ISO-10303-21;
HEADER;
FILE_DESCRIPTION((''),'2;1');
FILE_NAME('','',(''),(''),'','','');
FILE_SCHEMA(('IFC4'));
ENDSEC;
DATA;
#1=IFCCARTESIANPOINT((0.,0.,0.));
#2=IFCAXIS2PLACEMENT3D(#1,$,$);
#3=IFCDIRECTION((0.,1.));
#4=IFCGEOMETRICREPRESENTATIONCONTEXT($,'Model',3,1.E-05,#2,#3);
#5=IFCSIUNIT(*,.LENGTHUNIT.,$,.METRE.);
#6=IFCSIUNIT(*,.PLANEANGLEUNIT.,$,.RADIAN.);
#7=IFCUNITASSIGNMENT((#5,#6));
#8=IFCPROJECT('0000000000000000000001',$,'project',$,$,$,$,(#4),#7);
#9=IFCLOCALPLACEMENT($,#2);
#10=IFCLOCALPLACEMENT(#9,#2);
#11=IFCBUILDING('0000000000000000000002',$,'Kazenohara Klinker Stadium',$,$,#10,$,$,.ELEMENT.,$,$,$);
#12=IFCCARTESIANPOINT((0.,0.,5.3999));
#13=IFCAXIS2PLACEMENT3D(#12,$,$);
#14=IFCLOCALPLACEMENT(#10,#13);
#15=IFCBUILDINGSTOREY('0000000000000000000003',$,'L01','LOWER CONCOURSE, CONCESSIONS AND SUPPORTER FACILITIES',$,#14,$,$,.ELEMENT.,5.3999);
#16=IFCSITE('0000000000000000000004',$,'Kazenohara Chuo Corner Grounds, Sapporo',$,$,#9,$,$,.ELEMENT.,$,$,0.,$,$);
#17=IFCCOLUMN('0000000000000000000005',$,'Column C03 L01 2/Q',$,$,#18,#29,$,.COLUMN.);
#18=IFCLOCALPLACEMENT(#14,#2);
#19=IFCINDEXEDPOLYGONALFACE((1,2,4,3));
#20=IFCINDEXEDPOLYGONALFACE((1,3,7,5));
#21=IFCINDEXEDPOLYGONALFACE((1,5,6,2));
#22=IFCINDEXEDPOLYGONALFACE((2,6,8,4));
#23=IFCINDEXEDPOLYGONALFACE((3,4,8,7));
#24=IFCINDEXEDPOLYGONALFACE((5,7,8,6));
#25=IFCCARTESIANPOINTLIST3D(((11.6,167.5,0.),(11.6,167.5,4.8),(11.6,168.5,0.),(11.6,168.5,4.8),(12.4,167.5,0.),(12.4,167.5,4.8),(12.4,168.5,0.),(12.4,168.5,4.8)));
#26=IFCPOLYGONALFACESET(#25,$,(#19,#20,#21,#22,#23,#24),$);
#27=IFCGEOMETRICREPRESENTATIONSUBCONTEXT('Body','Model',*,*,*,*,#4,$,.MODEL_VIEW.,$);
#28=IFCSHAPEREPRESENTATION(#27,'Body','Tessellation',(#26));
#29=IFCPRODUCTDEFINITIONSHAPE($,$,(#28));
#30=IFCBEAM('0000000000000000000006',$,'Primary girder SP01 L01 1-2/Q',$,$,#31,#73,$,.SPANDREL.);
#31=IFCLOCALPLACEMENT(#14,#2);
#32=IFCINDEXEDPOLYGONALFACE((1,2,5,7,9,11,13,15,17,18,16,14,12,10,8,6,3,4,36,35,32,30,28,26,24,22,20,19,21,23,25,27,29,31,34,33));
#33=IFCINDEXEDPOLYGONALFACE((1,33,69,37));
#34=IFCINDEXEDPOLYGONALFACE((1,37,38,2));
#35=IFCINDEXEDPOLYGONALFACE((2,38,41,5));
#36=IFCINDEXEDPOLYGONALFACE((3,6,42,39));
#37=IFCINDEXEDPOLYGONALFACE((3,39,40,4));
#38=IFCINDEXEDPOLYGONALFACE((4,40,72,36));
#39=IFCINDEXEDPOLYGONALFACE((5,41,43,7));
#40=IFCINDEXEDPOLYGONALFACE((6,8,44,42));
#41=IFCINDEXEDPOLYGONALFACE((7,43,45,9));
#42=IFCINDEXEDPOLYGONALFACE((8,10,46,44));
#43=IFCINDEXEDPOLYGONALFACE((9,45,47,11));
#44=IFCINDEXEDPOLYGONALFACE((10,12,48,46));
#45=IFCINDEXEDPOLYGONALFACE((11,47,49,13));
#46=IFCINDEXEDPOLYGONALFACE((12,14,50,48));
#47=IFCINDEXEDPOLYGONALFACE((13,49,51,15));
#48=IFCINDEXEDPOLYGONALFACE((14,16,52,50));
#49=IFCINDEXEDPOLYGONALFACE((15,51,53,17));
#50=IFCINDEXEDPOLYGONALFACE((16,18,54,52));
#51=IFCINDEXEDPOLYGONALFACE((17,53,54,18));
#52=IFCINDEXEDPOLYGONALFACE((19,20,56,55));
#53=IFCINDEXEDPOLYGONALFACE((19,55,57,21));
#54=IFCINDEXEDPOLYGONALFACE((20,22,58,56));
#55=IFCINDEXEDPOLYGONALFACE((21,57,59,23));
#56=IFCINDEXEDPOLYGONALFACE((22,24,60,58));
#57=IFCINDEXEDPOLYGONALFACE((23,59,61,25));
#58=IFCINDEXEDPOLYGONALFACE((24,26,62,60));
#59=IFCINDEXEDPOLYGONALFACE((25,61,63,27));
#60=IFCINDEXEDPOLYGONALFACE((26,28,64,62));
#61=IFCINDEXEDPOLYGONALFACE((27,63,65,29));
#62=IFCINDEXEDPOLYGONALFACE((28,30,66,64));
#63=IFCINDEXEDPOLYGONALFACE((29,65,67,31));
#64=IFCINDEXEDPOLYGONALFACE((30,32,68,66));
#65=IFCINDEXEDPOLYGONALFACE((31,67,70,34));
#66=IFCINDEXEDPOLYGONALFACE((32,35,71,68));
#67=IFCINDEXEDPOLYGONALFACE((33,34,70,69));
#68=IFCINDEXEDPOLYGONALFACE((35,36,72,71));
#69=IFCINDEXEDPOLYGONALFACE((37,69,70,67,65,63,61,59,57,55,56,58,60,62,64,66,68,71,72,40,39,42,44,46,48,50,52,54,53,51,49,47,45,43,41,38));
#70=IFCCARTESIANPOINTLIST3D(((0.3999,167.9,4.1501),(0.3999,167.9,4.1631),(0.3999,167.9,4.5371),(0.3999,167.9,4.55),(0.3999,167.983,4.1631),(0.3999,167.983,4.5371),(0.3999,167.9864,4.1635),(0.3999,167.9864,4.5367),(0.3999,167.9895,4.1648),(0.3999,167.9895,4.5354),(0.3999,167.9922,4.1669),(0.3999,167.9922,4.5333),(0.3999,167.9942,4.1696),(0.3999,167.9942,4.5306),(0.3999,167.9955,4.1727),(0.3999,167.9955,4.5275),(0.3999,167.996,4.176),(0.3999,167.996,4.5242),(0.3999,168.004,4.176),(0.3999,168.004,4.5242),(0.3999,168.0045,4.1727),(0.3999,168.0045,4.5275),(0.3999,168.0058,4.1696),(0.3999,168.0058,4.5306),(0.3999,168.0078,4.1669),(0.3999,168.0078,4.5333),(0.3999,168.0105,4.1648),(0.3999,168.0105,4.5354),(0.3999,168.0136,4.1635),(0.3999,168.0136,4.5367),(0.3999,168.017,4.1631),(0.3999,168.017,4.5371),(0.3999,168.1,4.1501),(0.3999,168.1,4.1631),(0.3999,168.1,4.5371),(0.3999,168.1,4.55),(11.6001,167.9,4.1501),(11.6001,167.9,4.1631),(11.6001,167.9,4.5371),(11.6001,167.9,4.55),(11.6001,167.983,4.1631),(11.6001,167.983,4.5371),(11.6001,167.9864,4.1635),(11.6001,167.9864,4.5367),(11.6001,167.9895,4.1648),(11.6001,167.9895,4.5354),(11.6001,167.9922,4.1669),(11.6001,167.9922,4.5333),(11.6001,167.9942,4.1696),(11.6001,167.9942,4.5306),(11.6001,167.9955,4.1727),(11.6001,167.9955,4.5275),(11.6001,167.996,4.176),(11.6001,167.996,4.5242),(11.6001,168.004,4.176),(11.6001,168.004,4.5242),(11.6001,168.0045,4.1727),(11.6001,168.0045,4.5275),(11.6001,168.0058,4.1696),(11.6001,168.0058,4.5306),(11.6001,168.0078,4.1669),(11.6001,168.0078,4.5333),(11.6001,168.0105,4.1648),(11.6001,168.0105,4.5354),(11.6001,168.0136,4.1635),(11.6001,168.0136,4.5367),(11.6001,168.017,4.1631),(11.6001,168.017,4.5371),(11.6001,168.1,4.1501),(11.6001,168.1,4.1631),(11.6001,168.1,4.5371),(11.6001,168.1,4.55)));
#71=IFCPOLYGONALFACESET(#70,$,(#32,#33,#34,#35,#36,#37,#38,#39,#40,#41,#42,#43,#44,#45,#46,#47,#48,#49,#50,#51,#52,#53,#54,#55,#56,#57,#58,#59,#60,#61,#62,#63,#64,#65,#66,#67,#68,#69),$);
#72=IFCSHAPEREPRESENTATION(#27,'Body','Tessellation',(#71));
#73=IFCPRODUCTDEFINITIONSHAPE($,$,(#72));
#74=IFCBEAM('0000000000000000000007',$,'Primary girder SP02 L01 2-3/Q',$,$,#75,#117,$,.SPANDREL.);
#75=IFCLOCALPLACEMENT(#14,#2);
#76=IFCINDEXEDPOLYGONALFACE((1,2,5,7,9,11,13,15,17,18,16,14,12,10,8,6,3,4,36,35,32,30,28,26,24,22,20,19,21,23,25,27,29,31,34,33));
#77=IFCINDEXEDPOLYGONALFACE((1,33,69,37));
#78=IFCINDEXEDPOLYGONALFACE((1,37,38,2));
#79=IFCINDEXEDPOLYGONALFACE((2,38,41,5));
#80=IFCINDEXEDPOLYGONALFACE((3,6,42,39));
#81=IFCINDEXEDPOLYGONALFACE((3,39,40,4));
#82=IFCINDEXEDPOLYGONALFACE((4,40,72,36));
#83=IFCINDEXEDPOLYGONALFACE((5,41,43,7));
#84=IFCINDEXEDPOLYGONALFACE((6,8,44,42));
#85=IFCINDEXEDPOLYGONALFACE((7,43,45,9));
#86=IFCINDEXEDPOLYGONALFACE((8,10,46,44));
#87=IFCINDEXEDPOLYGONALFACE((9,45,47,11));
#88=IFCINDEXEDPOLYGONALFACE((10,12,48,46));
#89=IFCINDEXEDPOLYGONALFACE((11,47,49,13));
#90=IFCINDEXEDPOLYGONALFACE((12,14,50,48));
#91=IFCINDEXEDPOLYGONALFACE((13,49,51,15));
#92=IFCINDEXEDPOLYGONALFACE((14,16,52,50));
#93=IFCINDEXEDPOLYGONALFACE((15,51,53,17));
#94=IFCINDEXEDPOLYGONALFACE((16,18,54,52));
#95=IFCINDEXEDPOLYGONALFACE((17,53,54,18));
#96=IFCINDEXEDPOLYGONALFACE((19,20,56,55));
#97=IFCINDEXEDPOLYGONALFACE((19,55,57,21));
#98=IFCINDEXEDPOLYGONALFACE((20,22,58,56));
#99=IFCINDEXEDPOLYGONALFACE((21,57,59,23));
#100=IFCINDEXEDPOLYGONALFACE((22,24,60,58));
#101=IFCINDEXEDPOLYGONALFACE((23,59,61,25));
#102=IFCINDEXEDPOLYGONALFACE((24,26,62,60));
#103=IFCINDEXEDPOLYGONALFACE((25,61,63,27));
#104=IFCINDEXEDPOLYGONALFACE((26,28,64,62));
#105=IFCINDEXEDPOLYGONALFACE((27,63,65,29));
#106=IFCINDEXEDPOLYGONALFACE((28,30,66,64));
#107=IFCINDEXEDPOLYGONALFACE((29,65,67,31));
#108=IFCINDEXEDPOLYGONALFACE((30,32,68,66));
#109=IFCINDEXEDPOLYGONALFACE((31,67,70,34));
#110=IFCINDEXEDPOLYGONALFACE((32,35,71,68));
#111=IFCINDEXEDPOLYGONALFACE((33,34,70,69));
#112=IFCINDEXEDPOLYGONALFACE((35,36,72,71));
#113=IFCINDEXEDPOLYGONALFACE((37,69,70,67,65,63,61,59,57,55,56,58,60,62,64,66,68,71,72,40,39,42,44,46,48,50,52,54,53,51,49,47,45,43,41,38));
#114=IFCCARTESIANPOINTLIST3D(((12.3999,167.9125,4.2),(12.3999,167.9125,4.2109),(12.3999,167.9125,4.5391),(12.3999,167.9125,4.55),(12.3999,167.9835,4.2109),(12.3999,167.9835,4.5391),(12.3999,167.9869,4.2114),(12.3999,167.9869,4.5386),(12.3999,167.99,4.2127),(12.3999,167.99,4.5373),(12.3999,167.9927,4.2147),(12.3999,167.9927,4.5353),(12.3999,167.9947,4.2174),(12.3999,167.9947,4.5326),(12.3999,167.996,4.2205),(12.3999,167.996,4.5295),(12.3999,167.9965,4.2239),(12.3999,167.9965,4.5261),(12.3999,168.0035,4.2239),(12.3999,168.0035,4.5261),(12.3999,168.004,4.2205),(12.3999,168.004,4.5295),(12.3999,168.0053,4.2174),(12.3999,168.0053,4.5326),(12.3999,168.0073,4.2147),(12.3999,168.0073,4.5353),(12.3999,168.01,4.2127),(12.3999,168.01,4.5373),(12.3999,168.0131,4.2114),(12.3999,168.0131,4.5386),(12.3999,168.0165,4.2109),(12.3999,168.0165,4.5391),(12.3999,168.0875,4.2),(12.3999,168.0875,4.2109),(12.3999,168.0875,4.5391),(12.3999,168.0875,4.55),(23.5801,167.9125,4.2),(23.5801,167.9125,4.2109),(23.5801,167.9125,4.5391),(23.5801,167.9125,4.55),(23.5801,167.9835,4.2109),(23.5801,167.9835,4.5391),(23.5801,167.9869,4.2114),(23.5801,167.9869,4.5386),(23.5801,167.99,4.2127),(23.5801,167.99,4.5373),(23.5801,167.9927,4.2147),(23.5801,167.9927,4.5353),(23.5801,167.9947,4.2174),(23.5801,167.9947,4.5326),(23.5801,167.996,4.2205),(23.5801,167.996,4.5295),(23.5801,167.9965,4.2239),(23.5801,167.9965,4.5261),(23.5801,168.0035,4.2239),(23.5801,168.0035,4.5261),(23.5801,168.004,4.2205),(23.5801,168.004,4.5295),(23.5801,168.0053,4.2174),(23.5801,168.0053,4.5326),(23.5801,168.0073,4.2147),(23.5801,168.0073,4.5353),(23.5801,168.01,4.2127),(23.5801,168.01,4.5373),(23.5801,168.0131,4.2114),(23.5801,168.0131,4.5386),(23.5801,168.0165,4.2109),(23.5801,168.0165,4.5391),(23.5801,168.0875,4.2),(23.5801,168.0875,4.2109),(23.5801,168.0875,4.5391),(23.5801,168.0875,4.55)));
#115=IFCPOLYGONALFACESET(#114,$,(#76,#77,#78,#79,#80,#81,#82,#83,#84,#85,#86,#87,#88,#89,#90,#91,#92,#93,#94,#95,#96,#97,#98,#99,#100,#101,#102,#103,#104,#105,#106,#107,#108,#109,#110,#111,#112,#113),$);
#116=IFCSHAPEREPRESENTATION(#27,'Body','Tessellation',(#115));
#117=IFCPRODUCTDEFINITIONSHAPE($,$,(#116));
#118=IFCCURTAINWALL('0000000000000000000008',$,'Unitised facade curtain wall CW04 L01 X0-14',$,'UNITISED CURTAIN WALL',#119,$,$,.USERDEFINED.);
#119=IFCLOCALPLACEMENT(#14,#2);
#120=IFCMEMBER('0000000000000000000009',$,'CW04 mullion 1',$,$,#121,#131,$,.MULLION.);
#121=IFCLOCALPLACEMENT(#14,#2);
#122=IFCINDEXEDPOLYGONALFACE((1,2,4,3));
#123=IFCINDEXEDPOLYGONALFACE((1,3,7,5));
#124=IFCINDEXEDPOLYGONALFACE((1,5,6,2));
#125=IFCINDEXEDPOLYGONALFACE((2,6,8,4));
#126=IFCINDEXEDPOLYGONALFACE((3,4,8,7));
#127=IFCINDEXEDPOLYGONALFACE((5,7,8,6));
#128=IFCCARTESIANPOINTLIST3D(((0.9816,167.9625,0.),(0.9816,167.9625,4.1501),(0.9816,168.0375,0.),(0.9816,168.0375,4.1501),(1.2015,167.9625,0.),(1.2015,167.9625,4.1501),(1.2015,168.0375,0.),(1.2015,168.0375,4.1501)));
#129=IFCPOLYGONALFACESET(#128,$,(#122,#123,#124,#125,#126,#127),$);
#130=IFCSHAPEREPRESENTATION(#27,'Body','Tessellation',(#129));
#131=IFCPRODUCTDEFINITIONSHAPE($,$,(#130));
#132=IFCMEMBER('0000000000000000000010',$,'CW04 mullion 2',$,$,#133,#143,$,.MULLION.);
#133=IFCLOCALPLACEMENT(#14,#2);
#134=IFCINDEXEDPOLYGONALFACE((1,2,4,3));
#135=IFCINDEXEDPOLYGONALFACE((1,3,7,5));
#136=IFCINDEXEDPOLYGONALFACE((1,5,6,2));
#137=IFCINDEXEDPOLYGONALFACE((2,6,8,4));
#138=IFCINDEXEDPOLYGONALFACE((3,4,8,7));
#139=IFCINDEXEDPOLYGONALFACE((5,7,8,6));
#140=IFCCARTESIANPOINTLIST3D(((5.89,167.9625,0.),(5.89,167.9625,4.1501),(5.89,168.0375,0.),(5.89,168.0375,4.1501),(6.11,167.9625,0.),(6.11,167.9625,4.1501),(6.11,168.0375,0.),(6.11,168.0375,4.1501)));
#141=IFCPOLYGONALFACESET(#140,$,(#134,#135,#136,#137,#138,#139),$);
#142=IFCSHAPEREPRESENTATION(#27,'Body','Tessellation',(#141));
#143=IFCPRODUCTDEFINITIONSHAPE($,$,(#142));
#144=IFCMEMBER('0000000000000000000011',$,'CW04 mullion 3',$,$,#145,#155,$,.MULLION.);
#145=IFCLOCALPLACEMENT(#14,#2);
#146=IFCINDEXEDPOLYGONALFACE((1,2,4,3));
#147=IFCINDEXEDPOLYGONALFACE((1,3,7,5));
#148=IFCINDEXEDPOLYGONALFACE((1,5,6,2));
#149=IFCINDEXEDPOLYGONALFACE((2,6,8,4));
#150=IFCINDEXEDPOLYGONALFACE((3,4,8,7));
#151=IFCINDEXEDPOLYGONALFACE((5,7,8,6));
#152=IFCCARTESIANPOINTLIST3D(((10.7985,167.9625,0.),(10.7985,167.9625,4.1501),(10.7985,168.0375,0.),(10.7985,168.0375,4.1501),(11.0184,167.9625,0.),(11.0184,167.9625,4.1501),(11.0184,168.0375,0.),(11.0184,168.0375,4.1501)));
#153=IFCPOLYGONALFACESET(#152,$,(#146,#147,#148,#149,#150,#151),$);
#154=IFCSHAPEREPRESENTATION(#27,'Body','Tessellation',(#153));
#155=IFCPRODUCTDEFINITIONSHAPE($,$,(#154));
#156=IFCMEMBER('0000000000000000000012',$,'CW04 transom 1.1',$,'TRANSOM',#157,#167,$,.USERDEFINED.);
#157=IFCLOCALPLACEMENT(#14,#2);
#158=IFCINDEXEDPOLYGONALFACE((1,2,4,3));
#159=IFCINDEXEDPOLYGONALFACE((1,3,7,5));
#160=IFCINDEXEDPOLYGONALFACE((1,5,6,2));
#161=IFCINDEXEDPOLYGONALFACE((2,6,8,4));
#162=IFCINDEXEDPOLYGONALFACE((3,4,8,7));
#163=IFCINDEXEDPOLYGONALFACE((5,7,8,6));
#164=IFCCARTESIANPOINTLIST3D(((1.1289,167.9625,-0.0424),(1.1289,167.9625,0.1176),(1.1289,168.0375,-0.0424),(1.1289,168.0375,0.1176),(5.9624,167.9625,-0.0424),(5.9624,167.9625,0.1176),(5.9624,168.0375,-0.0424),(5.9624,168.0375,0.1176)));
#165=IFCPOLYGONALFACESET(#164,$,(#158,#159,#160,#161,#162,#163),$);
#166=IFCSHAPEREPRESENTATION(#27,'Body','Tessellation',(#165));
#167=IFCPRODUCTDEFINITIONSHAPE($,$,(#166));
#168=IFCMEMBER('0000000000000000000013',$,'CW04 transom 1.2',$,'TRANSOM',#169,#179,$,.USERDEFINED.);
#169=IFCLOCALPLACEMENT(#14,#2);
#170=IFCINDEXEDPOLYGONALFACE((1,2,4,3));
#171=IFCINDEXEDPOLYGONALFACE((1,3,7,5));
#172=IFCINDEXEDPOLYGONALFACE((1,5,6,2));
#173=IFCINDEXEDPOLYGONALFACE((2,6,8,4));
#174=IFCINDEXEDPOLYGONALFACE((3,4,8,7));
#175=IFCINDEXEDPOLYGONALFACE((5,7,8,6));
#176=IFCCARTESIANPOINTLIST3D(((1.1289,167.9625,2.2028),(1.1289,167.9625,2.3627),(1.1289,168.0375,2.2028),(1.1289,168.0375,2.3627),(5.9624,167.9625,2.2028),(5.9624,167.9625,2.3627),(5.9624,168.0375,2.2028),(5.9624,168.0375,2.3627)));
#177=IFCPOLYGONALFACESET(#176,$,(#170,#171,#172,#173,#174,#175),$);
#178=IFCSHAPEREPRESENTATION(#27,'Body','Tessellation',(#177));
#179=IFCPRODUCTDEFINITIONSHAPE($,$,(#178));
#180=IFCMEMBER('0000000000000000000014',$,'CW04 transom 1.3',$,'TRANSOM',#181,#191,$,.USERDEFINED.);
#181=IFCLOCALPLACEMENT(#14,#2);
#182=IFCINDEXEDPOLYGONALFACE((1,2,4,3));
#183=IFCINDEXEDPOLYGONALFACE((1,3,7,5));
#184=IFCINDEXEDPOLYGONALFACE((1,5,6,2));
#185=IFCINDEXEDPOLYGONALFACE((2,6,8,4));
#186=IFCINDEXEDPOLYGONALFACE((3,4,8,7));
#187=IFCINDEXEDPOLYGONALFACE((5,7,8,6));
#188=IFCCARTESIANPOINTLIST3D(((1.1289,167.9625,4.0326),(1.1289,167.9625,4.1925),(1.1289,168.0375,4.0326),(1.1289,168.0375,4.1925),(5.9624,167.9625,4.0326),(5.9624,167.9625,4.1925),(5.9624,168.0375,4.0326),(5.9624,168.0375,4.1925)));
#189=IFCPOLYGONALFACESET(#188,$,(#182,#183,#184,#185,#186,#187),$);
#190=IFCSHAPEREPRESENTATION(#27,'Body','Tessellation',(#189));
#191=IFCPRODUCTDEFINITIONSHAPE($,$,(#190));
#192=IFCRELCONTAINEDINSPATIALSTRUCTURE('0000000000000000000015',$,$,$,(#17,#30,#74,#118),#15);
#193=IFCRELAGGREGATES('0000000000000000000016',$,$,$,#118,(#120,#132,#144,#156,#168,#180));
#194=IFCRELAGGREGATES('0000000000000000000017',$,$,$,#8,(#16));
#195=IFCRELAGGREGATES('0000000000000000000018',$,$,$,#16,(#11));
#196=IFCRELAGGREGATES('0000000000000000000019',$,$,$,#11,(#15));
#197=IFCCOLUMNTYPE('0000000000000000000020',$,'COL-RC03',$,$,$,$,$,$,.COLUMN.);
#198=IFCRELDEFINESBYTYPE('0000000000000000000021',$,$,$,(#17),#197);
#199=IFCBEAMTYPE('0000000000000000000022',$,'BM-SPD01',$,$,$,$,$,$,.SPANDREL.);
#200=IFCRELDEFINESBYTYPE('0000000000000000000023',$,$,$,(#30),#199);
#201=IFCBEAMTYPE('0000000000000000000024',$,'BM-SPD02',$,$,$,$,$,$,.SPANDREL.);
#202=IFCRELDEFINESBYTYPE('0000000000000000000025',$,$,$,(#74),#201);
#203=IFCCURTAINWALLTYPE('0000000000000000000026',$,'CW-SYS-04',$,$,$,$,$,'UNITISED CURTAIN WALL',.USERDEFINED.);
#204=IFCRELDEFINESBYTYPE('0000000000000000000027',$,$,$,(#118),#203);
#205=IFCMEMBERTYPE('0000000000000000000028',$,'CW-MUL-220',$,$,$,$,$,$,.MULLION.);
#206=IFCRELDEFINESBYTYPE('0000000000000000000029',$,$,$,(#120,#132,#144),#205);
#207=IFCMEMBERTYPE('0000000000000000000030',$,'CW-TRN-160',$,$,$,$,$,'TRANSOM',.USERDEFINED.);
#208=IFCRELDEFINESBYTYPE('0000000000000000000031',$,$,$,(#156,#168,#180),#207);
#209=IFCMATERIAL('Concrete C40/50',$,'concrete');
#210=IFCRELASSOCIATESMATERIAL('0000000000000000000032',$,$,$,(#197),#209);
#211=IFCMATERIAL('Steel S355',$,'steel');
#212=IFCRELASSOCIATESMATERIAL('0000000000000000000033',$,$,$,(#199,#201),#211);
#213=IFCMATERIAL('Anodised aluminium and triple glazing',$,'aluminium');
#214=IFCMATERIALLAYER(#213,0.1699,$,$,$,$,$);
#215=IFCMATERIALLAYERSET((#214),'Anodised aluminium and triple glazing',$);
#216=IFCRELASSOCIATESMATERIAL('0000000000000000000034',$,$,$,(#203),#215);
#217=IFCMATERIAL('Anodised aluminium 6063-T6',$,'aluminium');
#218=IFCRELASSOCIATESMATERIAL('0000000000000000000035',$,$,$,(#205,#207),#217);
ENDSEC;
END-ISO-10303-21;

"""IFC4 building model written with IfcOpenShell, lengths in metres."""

from ifc_helpers import new_model, si_unit, direction, frame, origin, origin_2d, place, context, subcontext, project, spatial, rectangle, i_section, extrude, material, layer, layer_set, material_profile, profile_set, type_object, element, aggregate, save


model = new_model("IFC4")

# Units and contexts
model_context = context("Model", 3, precision=1e-05, world=origin(), true_north=direction((0.0, 1.0)))
body_context = subcontext(model_context, "Body", "Model", "MODEL_VIEW")
ifc_project = project(units=[si_unit("LENGTHUNIT", "METRE"), si_unit("PLANEANGLEUNIT", "RADIAN")], contexts=[model_context])

# Site, building, storey
site_placement = place(None, origin())
site = spatial("IfcSite", under=ifc_project, at=site_placement, Name="Kazenohara Chuo Corner Grounds, Sapporo", CompositionType="ELEMENT", RefElevation=0.0)
building_placement = place(site_placement, origin())
building = spatial("IfcBuilding", under=site, at=building_placement, Name="Kazenohara Klinker Stadium", CompositionType="ELEMENT")
storey_placement = place(building_placement, frame((0.0, 0.0, 5.3999)))
storey = spatial("IfcBuildingStorey", under=building, at=storey_placement, Name="L01", Description="LOWER CONCOURSE, CONCESSIONS AND SUPPORTER FACILITIES", CompositionType="ELEMENT", Elevation=5.3999)

# Column
ifc_material_1 = material(Name="Concrete C40/50", Category="concrete")
ifc_material_profile_1 = material_profile(ifc_material_1, rectangle(XDim=0.8, YDim=1.0, at=origin_2d()), Name="RC-COL-1000x800")
ifc_profile_set_1 = profile_set([ifc_material_profile_1], Name="Concrete C40/50")
column_type = type_object("IfcColumnType", Name="COL-RC03", PredefinedType="COLUMN", material=ifc_profile_set_1)
column_placement = place(storey_placement, frame((12.0, 168.0, 0.0), z_axis=(0.0, 0.0, 1.0), x_axis=(1.0, 0.0, 0.0)))
element("IfcColumn", 1, at=column_placement, inside=storey, type_object=column_type, Name="Column C03 L01 2/Q", PredefinedType="COLUMN", context=body_context, shape_type="SweptSolid", body=[
    extrude(rectangle(XDim=0.8, YDim=1.0, at=origin_2d()), origin(), (0.0, 0.0, 1.0), 4.8),
])

# Beams
ifc_material_2 = material(Name="Steel S355", Category="steel")
ifc_material_profile_2 = material_profile(ifc_material_2, i_section(OverallWidth=0.2, OverallDepth=0.3999, WebThickness=0.0081, FlangeThickness=0.0129, FilletRadius=0.0129, at=origin_2d()), Name="H-400x200x8x13")
ifc_profile_set_2 = profile_set([ifc_material_profile_2], Name="Steel S355")
beam_type_1 = type_object("IfcBeamType", Name="BM-SPD01", PredefinedType="SPANDREL", material=ifc_profile_set_2)
beam_1_placement = place(storey_placement, frame((0.3999, 168.0, 4.3501), z_axis=(1.0, 0.0, 0.0), x_axis=(0.0, 1.0, 0.0)))
element("IfcBeam", 2, at=beam_1_placement, inside=storey, type_object=beam_type_1, Name="Primary girder SP01 L01 1-2/Q", PredefinedType="SPANDREL", context=body_context, shape_type="SweptSolid", body=[
    extrude(i_section(OverallWidth=0.2, OverallDepth=0.3999, WebThickness=0.0081, FlangeThickness=0.0129, FilletRadius=0.0129, at=origin_2d()), origin(), (0.0, 0.0, 1.0), 11.2002),
])
ifc_material_profile_3 = material_profile(ifc_material_2, i_section(OverallWidth=0.175, OverallDepth=0.3501, WebThickness=0.0071, FlangeThickness=0.011, FilletRadius=0.0129, at=origin_2d()), Name="H-350x175x7x11")
ifc_profile_set_3 = profile_set([ifc_material_profile_3], Name="Steel S355")
beam_type_2 = type_object("IfcBeamType", Name="BM-SPD02", PredefinedType="SPANDREL", material=ifc_profile_set_3)
beam_2_placement = place(storey_placement, frame((12.3999, 168.0, 4.375), z_axis=(1.0, 0.0, 0.0), x_axis=(0.0, 1.0, 0.0)))
element("IfcBeam", 3, at=beam_2_placement, inside=storey, type_object=beam_type_2, Name="Primary girder SP02 L01 2-3/Q", PredefinedType="SPANDREL", context=body_context, shape_type="SweptSolid", body=[
    extrude(i_section(OverallWidth=0.175, OverallDepth=0.3501, WebThickness=0.0071, FlangeThickness=0.011, FilletRadius=0.0129, at=origin_2d()), origin(), (0.0, 0.0, 1.0), 11.1802),
])

# Curtain wall, members
ifc_material_3 = material(Name="Anodised aluminium and triple glazing", Category="aluminium")
ifc_layer_1 = layer(ifc_material_3, 0.1699)
ifc_layer_set_1 = layer_set([ifc_layer_1], Name="Anodised aluminium and triple glazing")
curtain_wall_type = type_object("IfcCurtainWallType", Name="CW-SYS-04", ElementType="UNITISED CURTAIN WALL", PredefinedType="USERDEFINED", material=ifc_layer_set_1)
curtain_wall_placement = place(storey_placement, origin())
curtain_wall = element("IfcCurtainWall", 4, at=curtain_wall_placement, inside=storey, type_object=curtain_wall_type, Name="Unitised facade curtain wall CW04 L01 X0-14", ObjectType="UNITISED CURTAIN WALL", PredefinedType="USERDEFINED")
ifc_material_4 = material(Name="Anodised aluminium 6063-T6", Category="aluminium")
ifc_material_profile_4 = material_profile(ifc_material_4, rectangle(XDim=0.075, YDim=0.22, at=origin_2d()), Name="ALU-MUL-75x220")
ifc_profile_set_4 = profile_set([ifc_material_profile_4], Name="Anodised aluminium 6063-T6")
member_type_1 = type_object("IfcMemberType", Name="CW-MUL-220", PredefinedType="MULLION", material=ifc_profile_set_4)
member_1_placement = place(storey_placement, frame((1.0916, 168.0, 0.0), z_axis=(0.0, 0.0, 1.0), x_axis=(0.0, 1.0, 0.0)))
member_1 = element("IfcMember", 5, at=member_1_placement, type_object=member_type_1, Name="CW04 mullion 1", PredefinedType="MULLION", context=body_context, shape_type="SweptSolid", body=[
    extrude(rectangle(XDim=0.075, YDim=0.22, at=origin_2d()), origin(), (0.0, 0.0, 1.0), 4.1501),
])
member_2_placement = place(storey_placement, frame((6.0, 168.0, 0.0), z_axis=(0.0, 0.0, 1.0), x_axis=(0.0, 1.0, 0.0)))
member_2 = element("IfcMember", 6, at=member_2_placement, type_object=member_type_1, Name="CW04 mullion 2", PredefinedType="MULLION", context=body_context, shape_type="SweptSolid", body=[
    extrude(rectangle(XDim=0.075, YDim=0.22, at=origin_2d()), origin(), (0.0, 0.0, 1.0), 4.1501),
])
member_3_placement = place(storey_placement, frame((10.9084, 168.0, 0.0), z_axis=(0.0, 0.0, 1.0), x_axis=(0.0, 1.0, 0.0)))
member_3 = element("IfcMember", 7, at=member_3_placement, type_object=member_type_1, Name="CW04 mullion 3", PredefinedType="MULLION", context=body_context, shape_type="SweptSolid", body=[
    extrude(rectangle(XDim=0.075, YDim=0.22, at=origin_2d()), origin(), (0.0, 0.0, 1.0), 4.1501),
])
ifc_material_profile_5 = material_profile(ifc_material_4, rectangle(XDim=0.075, YDim=0.1599, at=origin_2d()), Name="ALU-TRN-75x160")
ifc_profile_set_5 = profile_set([ifc_material_profile_5], Name="Anodised aluminium 6063-T6")
member_type_2 = type_object("IfcMemberType", Name="CW-TRN-160", ElementType="TRANSOM", PredefinedType="USERDEFINED", material=ifc_profile_set_5)
member_4_placement = place(storey_placement, frame((1.1289, 168.0, 0.0376), z_axis=(1.0, 0.0, 0.0), x_axis=(0.0, 1.0, 0.0)))
member_4 = element("IfcMember", 8, at=member_4_placement, type_object=member_type_2, Name="CW04 transom 1.1", ObjectType="TRANSOM", PredefinedType="USERDEFINED", context=body_context, shape_type="SweptSolid", body=[
    extrude(rectangle(XDim=0.075, YDim=0.1599, at=origin_2d()), origin(), (0.0, 0.0, 1.0), 4.8335),
])
member_5_placement = place(storey_placement, frame((1.1289, 168.0, 2.2827), z_axis=(1.0, 0.0, 0.0), x_axis=(0.0, 1.0, 0.0)))
member_5 = element("IfcMember", 9, at=member_5_placement, type_object=member_type_2, Name="CW04 transom 1.2", ObjectType="TRANSOM", PredefinedType="USERDEFINED", context=body_context, shape_type="SweptSolid", body=[
    extrude(rectangle(XDim=0.075, YDim=0.1599, at=origin_2d()), origin(), (0.0, 0.0, 1.0), 4.8335),
])
member_6_placement = place(storey_placement, frame((1.1289, 168.0, 4.1125), z_axis=(1.0, 0.0, 0.0), x_axis=(0.0, 1.0, 0.0)))
member_6 = element("IfcMember", 10, at=member_6_placement, type_object=member_type_2, Name="CW04 transom 1.3", ObjectType="TRANSOM", PredefinedType="USERDEFINED", context=body_context, shape_type="SweptSolid", body=[
    extrude(rectangle(XDim=0.075, YDim=0.1599, at=origin_2d()), origin(), (0.0, 0.0, 1.0), 4.8335),
])
aggregate(curtain_wall, [member_1, member_2, member_3, member_4, member_5, member_6])

save(model, "model.ifc")
